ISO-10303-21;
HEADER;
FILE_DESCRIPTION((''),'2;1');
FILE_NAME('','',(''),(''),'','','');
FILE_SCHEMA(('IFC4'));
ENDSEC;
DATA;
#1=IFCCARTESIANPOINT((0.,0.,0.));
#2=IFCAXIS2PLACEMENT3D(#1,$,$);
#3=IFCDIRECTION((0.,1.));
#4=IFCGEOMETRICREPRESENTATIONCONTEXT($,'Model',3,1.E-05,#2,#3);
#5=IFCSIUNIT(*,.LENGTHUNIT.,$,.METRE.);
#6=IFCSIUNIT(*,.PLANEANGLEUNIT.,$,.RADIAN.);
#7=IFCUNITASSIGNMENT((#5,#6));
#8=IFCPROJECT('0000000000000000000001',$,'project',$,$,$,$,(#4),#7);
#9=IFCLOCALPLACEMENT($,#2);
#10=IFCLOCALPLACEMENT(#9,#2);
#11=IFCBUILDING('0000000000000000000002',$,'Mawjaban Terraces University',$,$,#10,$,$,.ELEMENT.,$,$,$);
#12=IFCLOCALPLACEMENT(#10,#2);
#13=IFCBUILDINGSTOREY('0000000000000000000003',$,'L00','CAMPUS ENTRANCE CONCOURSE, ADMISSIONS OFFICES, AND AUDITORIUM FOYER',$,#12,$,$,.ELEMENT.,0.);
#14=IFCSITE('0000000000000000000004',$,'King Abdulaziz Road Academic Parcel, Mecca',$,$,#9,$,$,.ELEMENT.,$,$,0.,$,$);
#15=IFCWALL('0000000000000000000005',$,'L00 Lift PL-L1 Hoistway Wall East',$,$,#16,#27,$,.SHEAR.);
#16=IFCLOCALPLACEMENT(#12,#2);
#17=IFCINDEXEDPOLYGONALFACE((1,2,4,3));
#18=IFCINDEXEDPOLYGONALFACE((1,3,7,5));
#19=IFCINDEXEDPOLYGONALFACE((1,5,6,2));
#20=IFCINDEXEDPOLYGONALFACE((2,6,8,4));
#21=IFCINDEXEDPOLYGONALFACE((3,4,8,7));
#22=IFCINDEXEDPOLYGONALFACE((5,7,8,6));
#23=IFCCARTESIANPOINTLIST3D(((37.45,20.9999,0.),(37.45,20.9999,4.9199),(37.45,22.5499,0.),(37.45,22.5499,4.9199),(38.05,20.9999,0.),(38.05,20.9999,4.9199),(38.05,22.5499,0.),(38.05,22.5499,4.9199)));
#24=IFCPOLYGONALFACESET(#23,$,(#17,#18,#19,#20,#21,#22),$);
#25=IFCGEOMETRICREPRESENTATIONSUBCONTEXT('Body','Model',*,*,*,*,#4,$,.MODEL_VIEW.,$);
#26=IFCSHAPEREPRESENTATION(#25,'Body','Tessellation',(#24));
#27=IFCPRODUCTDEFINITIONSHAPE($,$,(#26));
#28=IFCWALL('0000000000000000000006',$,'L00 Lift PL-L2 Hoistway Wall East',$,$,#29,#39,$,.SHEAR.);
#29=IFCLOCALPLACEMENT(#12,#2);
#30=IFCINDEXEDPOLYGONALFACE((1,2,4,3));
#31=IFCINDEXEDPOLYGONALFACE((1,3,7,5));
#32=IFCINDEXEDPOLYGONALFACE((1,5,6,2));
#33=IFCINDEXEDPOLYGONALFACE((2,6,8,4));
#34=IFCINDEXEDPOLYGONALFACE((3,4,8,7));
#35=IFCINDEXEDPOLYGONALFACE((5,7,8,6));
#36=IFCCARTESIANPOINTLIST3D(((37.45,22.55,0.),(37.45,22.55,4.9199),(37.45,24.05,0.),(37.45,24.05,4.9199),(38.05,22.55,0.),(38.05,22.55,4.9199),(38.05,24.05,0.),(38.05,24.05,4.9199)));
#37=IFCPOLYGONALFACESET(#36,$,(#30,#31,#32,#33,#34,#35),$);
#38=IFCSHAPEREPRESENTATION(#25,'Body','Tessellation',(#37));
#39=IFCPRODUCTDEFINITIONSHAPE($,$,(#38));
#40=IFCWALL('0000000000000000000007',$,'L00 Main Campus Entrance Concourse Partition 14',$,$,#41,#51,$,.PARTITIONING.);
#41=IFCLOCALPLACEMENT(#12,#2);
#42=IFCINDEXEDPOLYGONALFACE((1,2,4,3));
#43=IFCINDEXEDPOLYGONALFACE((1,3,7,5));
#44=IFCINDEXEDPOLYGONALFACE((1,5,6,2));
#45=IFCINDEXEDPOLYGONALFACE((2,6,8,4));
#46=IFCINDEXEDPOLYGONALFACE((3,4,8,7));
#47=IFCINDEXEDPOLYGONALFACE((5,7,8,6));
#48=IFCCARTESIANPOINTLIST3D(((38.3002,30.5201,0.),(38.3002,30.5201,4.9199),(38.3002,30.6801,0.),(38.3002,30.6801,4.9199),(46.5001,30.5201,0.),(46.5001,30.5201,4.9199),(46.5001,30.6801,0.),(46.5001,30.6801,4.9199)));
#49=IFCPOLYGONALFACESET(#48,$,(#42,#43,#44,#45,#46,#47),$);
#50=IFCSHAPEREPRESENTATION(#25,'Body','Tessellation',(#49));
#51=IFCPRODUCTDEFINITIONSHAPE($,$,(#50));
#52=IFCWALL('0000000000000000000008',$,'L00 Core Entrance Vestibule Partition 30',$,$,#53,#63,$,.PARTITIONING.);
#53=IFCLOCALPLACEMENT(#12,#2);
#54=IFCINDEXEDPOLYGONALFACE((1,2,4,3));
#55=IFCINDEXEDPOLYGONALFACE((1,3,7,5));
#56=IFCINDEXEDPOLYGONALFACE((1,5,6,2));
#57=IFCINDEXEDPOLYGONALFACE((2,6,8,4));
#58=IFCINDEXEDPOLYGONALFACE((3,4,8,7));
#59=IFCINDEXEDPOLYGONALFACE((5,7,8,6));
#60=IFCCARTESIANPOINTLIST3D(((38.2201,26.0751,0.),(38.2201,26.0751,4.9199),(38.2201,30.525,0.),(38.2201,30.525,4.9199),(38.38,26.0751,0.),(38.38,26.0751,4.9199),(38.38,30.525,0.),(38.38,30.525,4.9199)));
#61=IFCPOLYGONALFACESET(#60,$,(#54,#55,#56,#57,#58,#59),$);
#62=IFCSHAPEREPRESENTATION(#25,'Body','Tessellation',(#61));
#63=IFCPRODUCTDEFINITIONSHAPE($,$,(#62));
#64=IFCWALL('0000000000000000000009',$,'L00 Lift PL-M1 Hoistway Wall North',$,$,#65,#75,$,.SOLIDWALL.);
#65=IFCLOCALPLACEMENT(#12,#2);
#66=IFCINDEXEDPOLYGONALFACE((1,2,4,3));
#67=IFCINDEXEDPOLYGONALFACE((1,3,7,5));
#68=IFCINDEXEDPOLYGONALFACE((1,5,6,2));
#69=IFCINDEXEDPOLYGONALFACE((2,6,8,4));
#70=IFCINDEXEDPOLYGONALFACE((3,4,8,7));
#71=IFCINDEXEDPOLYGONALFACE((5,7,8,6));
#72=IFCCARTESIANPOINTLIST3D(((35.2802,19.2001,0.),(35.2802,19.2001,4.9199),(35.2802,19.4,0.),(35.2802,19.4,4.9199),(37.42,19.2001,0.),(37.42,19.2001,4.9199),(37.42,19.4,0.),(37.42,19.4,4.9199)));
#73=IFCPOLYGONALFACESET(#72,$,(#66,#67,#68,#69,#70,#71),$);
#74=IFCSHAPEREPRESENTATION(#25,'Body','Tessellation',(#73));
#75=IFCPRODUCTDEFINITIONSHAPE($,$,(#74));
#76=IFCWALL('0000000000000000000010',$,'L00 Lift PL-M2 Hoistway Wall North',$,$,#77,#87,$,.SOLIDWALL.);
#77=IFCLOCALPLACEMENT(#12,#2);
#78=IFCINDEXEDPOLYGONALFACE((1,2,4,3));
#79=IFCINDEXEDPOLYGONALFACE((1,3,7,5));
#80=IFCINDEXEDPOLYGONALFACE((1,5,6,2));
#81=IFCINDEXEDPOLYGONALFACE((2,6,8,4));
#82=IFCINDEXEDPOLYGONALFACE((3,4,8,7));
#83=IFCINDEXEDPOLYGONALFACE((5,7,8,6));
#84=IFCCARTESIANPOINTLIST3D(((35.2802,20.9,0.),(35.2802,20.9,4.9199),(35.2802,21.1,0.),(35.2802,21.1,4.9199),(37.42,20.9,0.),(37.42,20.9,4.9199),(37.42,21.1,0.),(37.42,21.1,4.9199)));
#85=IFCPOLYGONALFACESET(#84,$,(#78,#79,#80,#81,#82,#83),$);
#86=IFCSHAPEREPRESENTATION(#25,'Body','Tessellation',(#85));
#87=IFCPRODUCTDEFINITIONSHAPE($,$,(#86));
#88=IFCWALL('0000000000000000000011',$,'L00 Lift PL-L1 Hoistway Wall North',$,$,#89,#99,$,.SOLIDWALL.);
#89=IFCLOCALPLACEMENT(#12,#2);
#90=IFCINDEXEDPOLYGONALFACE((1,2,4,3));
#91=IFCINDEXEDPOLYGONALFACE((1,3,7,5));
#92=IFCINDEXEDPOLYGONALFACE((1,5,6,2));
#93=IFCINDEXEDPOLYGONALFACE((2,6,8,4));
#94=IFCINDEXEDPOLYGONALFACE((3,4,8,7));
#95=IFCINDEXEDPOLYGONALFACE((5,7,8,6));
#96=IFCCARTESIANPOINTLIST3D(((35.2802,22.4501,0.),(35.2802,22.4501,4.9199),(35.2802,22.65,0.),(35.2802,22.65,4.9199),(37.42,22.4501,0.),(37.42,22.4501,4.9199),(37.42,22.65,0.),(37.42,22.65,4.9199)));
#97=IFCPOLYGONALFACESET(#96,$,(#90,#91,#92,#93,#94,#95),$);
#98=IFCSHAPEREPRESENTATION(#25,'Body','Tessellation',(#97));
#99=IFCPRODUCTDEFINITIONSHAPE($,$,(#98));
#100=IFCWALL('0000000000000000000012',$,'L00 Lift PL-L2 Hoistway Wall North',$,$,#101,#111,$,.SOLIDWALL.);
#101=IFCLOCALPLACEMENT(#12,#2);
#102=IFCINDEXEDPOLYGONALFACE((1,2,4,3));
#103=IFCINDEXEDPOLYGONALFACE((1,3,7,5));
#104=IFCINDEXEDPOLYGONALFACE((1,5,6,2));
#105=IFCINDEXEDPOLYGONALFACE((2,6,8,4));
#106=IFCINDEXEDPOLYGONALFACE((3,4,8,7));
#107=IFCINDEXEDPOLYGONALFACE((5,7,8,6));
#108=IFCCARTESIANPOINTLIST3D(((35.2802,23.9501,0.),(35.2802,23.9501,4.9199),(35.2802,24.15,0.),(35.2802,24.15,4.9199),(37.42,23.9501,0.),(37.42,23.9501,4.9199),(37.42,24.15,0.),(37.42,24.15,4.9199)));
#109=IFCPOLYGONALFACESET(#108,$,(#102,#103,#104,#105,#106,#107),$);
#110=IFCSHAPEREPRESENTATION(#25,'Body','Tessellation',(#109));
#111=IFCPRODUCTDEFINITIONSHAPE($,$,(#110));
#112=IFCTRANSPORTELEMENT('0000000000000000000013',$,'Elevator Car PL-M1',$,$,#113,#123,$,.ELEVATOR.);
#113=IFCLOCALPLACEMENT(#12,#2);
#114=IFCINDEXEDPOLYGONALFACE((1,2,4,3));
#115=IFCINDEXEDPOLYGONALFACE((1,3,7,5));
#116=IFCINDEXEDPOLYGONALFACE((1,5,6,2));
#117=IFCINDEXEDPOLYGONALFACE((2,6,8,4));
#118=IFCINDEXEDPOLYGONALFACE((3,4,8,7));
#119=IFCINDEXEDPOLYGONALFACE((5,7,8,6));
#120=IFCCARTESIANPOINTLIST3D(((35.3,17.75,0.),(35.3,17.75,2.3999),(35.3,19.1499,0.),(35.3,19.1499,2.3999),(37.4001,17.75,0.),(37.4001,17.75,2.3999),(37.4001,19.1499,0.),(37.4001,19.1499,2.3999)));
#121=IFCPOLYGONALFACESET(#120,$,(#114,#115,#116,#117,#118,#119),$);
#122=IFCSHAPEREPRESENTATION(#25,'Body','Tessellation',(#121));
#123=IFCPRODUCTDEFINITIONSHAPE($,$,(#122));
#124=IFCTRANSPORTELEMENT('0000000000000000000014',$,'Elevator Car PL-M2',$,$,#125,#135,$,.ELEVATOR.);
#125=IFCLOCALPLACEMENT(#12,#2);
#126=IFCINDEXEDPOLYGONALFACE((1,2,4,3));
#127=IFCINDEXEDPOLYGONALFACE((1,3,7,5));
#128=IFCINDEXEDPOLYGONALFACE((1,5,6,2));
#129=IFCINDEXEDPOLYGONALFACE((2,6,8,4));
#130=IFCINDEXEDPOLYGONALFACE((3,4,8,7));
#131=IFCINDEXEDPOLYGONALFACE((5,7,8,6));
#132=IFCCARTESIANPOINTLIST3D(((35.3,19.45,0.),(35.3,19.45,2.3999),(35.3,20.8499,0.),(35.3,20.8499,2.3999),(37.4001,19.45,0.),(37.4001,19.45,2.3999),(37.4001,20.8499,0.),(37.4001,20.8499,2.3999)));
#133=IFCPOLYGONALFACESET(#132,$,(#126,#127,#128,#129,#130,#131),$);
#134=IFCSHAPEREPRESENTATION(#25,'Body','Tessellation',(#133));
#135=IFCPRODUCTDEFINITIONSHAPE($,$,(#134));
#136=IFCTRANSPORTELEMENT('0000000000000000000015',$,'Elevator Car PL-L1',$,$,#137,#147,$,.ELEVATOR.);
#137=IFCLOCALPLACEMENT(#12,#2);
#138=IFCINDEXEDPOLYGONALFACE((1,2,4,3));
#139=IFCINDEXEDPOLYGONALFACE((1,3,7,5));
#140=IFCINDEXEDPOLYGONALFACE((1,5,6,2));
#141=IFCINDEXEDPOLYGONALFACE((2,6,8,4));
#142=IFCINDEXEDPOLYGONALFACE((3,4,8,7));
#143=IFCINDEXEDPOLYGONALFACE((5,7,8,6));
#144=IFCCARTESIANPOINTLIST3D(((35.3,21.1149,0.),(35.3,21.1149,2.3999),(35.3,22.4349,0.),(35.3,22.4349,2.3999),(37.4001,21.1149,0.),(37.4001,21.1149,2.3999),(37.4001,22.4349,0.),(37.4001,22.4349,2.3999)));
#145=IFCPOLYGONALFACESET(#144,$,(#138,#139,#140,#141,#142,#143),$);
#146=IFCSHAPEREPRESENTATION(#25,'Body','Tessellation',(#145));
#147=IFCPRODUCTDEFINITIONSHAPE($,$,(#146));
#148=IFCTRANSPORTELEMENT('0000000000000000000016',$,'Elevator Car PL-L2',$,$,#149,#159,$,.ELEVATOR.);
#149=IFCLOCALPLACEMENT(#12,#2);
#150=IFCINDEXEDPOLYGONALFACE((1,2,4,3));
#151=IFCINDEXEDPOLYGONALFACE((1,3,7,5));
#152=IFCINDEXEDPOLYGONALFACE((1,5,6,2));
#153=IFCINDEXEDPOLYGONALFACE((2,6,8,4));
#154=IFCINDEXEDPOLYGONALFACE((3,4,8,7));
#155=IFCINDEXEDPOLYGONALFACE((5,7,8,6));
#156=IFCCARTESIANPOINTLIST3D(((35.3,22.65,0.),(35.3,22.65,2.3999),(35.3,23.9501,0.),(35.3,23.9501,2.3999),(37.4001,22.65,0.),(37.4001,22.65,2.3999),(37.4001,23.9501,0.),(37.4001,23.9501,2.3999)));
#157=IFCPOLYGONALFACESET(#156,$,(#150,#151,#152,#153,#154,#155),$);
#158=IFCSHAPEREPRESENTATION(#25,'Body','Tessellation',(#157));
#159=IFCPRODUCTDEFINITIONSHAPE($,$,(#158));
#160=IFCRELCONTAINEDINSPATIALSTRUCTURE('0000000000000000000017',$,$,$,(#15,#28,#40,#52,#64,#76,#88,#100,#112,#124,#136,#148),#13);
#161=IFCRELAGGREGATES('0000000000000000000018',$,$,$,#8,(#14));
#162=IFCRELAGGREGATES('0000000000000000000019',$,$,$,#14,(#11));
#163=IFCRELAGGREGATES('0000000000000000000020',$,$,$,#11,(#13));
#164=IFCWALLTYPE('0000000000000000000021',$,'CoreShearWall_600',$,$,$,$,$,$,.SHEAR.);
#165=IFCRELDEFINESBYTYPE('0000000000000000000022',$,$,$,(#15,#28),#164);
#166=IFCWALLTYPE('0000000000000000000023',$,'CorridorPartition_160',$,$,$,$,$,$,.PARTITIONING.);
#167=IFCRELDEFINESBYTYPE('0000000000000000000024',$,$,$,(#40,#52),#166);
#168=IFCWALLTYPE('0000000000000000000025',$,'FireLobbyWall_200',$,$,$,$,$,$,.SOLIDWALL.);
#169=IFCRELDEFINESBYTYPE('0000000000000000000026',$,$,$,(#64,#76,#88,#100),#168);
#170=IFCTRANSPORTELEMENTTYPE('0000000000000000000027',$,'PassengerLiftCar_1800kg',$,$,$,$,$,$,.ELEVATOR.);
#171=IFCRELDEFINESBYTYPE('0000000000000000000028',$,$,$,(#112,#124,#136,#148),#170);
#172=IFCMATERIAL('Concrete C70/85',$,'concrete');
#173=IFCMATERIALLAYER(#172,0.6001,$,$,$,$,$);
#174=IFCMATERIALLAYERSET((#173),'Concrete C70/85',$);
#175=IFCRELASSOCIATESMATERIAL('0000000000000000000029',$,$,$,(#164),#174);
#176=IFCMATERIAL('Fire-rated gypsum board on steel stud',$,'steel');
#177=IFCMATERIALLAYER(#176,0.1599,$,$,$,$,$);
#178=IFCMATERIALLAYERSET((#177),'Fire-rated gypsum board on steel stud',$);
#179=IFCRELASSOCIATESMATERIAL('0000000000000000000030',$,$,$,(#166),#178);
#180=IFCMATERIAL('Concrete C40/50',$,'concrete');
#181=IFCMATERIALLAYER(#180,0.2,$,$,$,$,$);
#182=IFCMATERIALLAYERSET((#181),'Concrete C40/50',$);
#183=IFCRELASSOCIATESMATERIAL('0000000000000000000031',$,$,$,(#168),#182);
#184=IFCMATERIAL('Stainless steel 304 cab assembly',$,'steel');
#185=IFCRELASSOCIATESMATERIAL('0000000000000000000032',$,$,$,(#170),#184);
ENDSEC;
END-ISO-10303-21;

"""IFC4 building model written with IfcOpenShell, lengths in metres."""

from ifc_helpers import new_model, si_unit, direction, frame, frame_2d, origin, origin_2d, place, context, subcontext, project, spatial, rectangle, extrude, material, layer, layer_set, type_object, element, save


model = new_model("IFC4")

# Units and contexts
model_context = context("Model", 3, precision=1e-05, world=origin(), true_north=direction((0.0, 1.0)))
body_context = subcontext(model_context, "Body", "Model", "MODEL_VIEW")
ifc_project = project(units=[si_unit("LENGTHUNIT", "METRE"), si_unit("PLANEANGLEUNIT", "RADIAN")], contexts=[model_context])

# Site, building, storey
site_placement = place(None, origin())
site = spatial("IfcSite", under=ifc_project, at=site_placement, Name="King Abdulaziz Road Academic Parcel, Mecca", CompositionType="ELEMENT", RefElevation=0.0)
building_placement = place(site_placement, origin())
building = spatial("IfcBuilding", under=site, at=building_placement, Name="Mawjaban Terraces University", CompositionType="ELEMENT")
storey_placement = place(building_placement, origin())
storey = spatial("IfcBuildingStorey", under=building, at=storey_placement, Name="L00", Description="CAMPUS ENTRANCE CONCOURSE, ADMISSIONS OFFICES, AND AUDITORIUM FOYER", CompositionType="ELEMENT", Elevation=0.0)

# Shared definitions
ifc_material_1 = material(Name="Concrete C70/85", Category="concrete")

# Walls
ifc_layer_1 = layer(ifc_material_1, 0.6001)
ifc_layer_set_1 = layer_set([ifc_layer_1], Name="Concrete C70/85")
wall_type_1 = type_object("IfcWallType", Name="CoreShearWall_600", PredefinedType="SHEAR", material=ifc_layer_set_1)
wall_1_placement = place(storey_placement, frame((37.75, 21.0, 0.0), z_axis=(0.0, 0.0, 1.0), x_axis=(0.0, 1.0, 0.0)))
element("IfcWall", 1, at=wall_1_placement, inside=storey, type_object=wall_type_1, Name="L00 Lift PL-L1 Hoistway Wall East", PredefinedType="SHEAR", context=body_context, shape_type="SweptSolid", body=[
    extrude(rectangle(XDim=1.55, YDim=0.6001, at=frame_2d((0.7749, 0.0))), origin(), (0.0, 0.0, 1.0), 4.9199),
])
wall_2_placement = place(storey_placement, frame((37.75, 22.55, 0.0), z_axis=(0.0, 0.0, 1.0), x_axis=(0.0, 1.0, 0.0)))
element("IfcWall", 2, at=wall_2_placement, inside=storey, type_object=wall_type_1, Name="L00 Lift PL-L2 Hoistway Wall East", PredefinedType="SHEAR", context=body_context, shape_type="SweptSolid", body=[
    extrude(rectangle(XDim=1.5, YDim=0.6001, at=frame_2d((0.75, 0.0))), origin(), (0.0, 0.0, 1.0), 4.9199),
])
ifc_material_2 = material(Name="Fire-rated gypsum board on steel stud", Category="steel")
ifc_layer_2 = layer(ifc_material_2, 0.1599)
ifc_layer_set_2 = layer_set([ifc_layer_2], Name="Fire-rated gypsum board on steel stud")
wall_type_2 = type_object("IfcWallType", Name="CorridorPartition_160", PredefinedType="PARTITIONING", material=ifc_layer_set_2)
wall_3_placement = place(storey_placement, frame((38.3, 30.6001, 0.0), z_axis=(0.0, 0.0, 1.0), x_axis=(1.0, 0.0, 0.0)))
element("IfcWall", 3, at=wall_3_placement, inside=storey, type_object=wall_type_2, Name="L00 Main Campus Entrance Concourse Partition 14", PredefinedType="PARTITIONING", context=body_context, shape_type="SweptSolid", body=[
    extrude(rectangle(XDim=8.2, YDim=0.1599, at=frame_2d((4.1001, 0.0))), origin(), (0.0, 0.0, 1.0), 4.9199),
])
wall_4_placement = place(storey_placement, frame((38.3, 26.075, 0.0), z_axis=(0.0, 0.0, 1.0), x_axis=(0.0, 1.0, 0.0)))
element("IfcWall", 4, at=wall_4_placement, inside=storey, type_object=wall_type_2, Name="L00 Core Entrance Vestibule Partition 30", PredefinedType="PARTITIONING", context=body_context, shape_type="SweptSolid", body=[
    extrude(rectangle(XDim=4.45, YDim=0.1599, at=frame_2d((2.2251, 0.0))), origin(), (0.0, 0.0, 1.0), 4.9199),
])
ifc_material_3 = material(Name="Concrete C40/50", Category="concrete")
ifc_layer_3 = layer(ifc_material_3, 0.2)
ifc_layer_set_3 = layer_set([ifc_layer_3], Name="Concrete C40/50")
wall_type_3 = type_object("IfcWallType", Name="FireLobbyWall_200", PredefinedType="SOLIDWALL", material=ifc_layer_set_3)
for number, where, z_axis, x_axis, name in (
    (5, (37.4199, 19.3, 0.0), (0.0, 0.0, 1.0), (-1.0, 0.0, 0.0), "L00 Lift PL-M1 Hoistway Wall North"),
    (6, (37.4199, 21.0, 0.0), (0.0, 0.0, 1.0), (-1.0, 0.0, 0.0), "L00 Lift PL-M2 Hoistway Wall North"),
    (7, (37.4199, 22.55, 0.0), (0.0, 0.0, 1.0), (-1.0, 0.0, 0.0), "L00 Lift PL-L1 Hoistway Wall North"),
    (8, (37.4199, 24.05, 0.0), (0.0, 0.0, 1.0), (-1.0, 0.0, 0.0), "L00 Lift PL-L2 Hoistway Wall North"),
):
    element("IfcWall", number, at=place(storey_placement, frame(where, z_axis=z_axis, x_axis=x_axis)), inside=storey, type_object=wall_type_3, Name=name, PredefinedType="SOLIDWALL", context=body_context, shape_type="SweptSolid", body=[
        extrude(rectangle(XDim=2.1399, YDim=0.2, at=frame_2d((1.0698, 0.0))), origin(), (0.0, 0.0, 1.0), 4.9199),
    ])

# Transport elements
ifc_material_4 = material(Name="Stainless steel 304 cab assembly", Category="steel")
transport_element_type = type_object("IfcTransportElementType", Name="PassengerLiftCar_1800kg", PredefinedType="ELEVATOR", material=ifc_material_4)
for number, where, z_axis, x_axis, name in (
    (9, (36.3501, 18.45, 0.0), (0.0, 0.0, 1.0), (1.0, 0.0, 0.0), "Elevator Car PL-M1"),
    (10, (36.3501, 20.1499, 0.0), (0.0, 0.0, 1.0), (1.0, 0.0, 0.0), "Elevator Car PL-M2"),
):
    element("IfcTransportElement", number, at=place(storey_placement, frame(where, z_axis=z_axis, x_axis=x_axis)), inside=storey, type_object=transport_element_type, Name=name, PredefinedType="ELEVATOR", context=body_context, shape_type="SweptSolid", body=[
        extrude(rectangle(XDim=2.1001, YDim=1.3999, at=origin_2d()), origin(), (0.0, 0.0, 1.0), 2.3999),
    ])
transport_element_1_placement = place(storey_placement, frame((36.3501, 21.7749, 0.0), z_axis=(0.0, 0.0, 1.0), x_axis=(1.0, 0.0, 0.0)))
element("IfcTransportElement", 11, at=transport_element_1_placement, inside=storey, type_object=transport_element_type, Name="Elevator Car PL-L1", PredefinedType="ELEVATOR", context=body_context, shape_type="SweptSolid", body=[
    extrude(rectangle(XDim=2.1001, YDim=1.3201, at=origin_2d()), origin(), (0.0, 0.0, 1.0), 2.3999),
])
transport_element_2_placement = place(storey_placement, frame((36.3501, 23.3, 0.0), z_axis=(0.0, 0.0, 1.0), x_axis=(1.0, 0.0, 0.0)))
element("IfcTransportElement", 12, at=transport_element_2_placement, inside=storey, type_object=transport_element_type, Name="Elevator Car PL-L2", PredefinedType="ELEVATOR", context=body_context, shape_type="SweptSolid", body=[
    extrude(rectangle(XDim=2.1001, YDim=1.3, at=origin_2d()), origin(), (0.0, 0.0, 1.0), 2.3999),
])

save(model, "model.ifc")
